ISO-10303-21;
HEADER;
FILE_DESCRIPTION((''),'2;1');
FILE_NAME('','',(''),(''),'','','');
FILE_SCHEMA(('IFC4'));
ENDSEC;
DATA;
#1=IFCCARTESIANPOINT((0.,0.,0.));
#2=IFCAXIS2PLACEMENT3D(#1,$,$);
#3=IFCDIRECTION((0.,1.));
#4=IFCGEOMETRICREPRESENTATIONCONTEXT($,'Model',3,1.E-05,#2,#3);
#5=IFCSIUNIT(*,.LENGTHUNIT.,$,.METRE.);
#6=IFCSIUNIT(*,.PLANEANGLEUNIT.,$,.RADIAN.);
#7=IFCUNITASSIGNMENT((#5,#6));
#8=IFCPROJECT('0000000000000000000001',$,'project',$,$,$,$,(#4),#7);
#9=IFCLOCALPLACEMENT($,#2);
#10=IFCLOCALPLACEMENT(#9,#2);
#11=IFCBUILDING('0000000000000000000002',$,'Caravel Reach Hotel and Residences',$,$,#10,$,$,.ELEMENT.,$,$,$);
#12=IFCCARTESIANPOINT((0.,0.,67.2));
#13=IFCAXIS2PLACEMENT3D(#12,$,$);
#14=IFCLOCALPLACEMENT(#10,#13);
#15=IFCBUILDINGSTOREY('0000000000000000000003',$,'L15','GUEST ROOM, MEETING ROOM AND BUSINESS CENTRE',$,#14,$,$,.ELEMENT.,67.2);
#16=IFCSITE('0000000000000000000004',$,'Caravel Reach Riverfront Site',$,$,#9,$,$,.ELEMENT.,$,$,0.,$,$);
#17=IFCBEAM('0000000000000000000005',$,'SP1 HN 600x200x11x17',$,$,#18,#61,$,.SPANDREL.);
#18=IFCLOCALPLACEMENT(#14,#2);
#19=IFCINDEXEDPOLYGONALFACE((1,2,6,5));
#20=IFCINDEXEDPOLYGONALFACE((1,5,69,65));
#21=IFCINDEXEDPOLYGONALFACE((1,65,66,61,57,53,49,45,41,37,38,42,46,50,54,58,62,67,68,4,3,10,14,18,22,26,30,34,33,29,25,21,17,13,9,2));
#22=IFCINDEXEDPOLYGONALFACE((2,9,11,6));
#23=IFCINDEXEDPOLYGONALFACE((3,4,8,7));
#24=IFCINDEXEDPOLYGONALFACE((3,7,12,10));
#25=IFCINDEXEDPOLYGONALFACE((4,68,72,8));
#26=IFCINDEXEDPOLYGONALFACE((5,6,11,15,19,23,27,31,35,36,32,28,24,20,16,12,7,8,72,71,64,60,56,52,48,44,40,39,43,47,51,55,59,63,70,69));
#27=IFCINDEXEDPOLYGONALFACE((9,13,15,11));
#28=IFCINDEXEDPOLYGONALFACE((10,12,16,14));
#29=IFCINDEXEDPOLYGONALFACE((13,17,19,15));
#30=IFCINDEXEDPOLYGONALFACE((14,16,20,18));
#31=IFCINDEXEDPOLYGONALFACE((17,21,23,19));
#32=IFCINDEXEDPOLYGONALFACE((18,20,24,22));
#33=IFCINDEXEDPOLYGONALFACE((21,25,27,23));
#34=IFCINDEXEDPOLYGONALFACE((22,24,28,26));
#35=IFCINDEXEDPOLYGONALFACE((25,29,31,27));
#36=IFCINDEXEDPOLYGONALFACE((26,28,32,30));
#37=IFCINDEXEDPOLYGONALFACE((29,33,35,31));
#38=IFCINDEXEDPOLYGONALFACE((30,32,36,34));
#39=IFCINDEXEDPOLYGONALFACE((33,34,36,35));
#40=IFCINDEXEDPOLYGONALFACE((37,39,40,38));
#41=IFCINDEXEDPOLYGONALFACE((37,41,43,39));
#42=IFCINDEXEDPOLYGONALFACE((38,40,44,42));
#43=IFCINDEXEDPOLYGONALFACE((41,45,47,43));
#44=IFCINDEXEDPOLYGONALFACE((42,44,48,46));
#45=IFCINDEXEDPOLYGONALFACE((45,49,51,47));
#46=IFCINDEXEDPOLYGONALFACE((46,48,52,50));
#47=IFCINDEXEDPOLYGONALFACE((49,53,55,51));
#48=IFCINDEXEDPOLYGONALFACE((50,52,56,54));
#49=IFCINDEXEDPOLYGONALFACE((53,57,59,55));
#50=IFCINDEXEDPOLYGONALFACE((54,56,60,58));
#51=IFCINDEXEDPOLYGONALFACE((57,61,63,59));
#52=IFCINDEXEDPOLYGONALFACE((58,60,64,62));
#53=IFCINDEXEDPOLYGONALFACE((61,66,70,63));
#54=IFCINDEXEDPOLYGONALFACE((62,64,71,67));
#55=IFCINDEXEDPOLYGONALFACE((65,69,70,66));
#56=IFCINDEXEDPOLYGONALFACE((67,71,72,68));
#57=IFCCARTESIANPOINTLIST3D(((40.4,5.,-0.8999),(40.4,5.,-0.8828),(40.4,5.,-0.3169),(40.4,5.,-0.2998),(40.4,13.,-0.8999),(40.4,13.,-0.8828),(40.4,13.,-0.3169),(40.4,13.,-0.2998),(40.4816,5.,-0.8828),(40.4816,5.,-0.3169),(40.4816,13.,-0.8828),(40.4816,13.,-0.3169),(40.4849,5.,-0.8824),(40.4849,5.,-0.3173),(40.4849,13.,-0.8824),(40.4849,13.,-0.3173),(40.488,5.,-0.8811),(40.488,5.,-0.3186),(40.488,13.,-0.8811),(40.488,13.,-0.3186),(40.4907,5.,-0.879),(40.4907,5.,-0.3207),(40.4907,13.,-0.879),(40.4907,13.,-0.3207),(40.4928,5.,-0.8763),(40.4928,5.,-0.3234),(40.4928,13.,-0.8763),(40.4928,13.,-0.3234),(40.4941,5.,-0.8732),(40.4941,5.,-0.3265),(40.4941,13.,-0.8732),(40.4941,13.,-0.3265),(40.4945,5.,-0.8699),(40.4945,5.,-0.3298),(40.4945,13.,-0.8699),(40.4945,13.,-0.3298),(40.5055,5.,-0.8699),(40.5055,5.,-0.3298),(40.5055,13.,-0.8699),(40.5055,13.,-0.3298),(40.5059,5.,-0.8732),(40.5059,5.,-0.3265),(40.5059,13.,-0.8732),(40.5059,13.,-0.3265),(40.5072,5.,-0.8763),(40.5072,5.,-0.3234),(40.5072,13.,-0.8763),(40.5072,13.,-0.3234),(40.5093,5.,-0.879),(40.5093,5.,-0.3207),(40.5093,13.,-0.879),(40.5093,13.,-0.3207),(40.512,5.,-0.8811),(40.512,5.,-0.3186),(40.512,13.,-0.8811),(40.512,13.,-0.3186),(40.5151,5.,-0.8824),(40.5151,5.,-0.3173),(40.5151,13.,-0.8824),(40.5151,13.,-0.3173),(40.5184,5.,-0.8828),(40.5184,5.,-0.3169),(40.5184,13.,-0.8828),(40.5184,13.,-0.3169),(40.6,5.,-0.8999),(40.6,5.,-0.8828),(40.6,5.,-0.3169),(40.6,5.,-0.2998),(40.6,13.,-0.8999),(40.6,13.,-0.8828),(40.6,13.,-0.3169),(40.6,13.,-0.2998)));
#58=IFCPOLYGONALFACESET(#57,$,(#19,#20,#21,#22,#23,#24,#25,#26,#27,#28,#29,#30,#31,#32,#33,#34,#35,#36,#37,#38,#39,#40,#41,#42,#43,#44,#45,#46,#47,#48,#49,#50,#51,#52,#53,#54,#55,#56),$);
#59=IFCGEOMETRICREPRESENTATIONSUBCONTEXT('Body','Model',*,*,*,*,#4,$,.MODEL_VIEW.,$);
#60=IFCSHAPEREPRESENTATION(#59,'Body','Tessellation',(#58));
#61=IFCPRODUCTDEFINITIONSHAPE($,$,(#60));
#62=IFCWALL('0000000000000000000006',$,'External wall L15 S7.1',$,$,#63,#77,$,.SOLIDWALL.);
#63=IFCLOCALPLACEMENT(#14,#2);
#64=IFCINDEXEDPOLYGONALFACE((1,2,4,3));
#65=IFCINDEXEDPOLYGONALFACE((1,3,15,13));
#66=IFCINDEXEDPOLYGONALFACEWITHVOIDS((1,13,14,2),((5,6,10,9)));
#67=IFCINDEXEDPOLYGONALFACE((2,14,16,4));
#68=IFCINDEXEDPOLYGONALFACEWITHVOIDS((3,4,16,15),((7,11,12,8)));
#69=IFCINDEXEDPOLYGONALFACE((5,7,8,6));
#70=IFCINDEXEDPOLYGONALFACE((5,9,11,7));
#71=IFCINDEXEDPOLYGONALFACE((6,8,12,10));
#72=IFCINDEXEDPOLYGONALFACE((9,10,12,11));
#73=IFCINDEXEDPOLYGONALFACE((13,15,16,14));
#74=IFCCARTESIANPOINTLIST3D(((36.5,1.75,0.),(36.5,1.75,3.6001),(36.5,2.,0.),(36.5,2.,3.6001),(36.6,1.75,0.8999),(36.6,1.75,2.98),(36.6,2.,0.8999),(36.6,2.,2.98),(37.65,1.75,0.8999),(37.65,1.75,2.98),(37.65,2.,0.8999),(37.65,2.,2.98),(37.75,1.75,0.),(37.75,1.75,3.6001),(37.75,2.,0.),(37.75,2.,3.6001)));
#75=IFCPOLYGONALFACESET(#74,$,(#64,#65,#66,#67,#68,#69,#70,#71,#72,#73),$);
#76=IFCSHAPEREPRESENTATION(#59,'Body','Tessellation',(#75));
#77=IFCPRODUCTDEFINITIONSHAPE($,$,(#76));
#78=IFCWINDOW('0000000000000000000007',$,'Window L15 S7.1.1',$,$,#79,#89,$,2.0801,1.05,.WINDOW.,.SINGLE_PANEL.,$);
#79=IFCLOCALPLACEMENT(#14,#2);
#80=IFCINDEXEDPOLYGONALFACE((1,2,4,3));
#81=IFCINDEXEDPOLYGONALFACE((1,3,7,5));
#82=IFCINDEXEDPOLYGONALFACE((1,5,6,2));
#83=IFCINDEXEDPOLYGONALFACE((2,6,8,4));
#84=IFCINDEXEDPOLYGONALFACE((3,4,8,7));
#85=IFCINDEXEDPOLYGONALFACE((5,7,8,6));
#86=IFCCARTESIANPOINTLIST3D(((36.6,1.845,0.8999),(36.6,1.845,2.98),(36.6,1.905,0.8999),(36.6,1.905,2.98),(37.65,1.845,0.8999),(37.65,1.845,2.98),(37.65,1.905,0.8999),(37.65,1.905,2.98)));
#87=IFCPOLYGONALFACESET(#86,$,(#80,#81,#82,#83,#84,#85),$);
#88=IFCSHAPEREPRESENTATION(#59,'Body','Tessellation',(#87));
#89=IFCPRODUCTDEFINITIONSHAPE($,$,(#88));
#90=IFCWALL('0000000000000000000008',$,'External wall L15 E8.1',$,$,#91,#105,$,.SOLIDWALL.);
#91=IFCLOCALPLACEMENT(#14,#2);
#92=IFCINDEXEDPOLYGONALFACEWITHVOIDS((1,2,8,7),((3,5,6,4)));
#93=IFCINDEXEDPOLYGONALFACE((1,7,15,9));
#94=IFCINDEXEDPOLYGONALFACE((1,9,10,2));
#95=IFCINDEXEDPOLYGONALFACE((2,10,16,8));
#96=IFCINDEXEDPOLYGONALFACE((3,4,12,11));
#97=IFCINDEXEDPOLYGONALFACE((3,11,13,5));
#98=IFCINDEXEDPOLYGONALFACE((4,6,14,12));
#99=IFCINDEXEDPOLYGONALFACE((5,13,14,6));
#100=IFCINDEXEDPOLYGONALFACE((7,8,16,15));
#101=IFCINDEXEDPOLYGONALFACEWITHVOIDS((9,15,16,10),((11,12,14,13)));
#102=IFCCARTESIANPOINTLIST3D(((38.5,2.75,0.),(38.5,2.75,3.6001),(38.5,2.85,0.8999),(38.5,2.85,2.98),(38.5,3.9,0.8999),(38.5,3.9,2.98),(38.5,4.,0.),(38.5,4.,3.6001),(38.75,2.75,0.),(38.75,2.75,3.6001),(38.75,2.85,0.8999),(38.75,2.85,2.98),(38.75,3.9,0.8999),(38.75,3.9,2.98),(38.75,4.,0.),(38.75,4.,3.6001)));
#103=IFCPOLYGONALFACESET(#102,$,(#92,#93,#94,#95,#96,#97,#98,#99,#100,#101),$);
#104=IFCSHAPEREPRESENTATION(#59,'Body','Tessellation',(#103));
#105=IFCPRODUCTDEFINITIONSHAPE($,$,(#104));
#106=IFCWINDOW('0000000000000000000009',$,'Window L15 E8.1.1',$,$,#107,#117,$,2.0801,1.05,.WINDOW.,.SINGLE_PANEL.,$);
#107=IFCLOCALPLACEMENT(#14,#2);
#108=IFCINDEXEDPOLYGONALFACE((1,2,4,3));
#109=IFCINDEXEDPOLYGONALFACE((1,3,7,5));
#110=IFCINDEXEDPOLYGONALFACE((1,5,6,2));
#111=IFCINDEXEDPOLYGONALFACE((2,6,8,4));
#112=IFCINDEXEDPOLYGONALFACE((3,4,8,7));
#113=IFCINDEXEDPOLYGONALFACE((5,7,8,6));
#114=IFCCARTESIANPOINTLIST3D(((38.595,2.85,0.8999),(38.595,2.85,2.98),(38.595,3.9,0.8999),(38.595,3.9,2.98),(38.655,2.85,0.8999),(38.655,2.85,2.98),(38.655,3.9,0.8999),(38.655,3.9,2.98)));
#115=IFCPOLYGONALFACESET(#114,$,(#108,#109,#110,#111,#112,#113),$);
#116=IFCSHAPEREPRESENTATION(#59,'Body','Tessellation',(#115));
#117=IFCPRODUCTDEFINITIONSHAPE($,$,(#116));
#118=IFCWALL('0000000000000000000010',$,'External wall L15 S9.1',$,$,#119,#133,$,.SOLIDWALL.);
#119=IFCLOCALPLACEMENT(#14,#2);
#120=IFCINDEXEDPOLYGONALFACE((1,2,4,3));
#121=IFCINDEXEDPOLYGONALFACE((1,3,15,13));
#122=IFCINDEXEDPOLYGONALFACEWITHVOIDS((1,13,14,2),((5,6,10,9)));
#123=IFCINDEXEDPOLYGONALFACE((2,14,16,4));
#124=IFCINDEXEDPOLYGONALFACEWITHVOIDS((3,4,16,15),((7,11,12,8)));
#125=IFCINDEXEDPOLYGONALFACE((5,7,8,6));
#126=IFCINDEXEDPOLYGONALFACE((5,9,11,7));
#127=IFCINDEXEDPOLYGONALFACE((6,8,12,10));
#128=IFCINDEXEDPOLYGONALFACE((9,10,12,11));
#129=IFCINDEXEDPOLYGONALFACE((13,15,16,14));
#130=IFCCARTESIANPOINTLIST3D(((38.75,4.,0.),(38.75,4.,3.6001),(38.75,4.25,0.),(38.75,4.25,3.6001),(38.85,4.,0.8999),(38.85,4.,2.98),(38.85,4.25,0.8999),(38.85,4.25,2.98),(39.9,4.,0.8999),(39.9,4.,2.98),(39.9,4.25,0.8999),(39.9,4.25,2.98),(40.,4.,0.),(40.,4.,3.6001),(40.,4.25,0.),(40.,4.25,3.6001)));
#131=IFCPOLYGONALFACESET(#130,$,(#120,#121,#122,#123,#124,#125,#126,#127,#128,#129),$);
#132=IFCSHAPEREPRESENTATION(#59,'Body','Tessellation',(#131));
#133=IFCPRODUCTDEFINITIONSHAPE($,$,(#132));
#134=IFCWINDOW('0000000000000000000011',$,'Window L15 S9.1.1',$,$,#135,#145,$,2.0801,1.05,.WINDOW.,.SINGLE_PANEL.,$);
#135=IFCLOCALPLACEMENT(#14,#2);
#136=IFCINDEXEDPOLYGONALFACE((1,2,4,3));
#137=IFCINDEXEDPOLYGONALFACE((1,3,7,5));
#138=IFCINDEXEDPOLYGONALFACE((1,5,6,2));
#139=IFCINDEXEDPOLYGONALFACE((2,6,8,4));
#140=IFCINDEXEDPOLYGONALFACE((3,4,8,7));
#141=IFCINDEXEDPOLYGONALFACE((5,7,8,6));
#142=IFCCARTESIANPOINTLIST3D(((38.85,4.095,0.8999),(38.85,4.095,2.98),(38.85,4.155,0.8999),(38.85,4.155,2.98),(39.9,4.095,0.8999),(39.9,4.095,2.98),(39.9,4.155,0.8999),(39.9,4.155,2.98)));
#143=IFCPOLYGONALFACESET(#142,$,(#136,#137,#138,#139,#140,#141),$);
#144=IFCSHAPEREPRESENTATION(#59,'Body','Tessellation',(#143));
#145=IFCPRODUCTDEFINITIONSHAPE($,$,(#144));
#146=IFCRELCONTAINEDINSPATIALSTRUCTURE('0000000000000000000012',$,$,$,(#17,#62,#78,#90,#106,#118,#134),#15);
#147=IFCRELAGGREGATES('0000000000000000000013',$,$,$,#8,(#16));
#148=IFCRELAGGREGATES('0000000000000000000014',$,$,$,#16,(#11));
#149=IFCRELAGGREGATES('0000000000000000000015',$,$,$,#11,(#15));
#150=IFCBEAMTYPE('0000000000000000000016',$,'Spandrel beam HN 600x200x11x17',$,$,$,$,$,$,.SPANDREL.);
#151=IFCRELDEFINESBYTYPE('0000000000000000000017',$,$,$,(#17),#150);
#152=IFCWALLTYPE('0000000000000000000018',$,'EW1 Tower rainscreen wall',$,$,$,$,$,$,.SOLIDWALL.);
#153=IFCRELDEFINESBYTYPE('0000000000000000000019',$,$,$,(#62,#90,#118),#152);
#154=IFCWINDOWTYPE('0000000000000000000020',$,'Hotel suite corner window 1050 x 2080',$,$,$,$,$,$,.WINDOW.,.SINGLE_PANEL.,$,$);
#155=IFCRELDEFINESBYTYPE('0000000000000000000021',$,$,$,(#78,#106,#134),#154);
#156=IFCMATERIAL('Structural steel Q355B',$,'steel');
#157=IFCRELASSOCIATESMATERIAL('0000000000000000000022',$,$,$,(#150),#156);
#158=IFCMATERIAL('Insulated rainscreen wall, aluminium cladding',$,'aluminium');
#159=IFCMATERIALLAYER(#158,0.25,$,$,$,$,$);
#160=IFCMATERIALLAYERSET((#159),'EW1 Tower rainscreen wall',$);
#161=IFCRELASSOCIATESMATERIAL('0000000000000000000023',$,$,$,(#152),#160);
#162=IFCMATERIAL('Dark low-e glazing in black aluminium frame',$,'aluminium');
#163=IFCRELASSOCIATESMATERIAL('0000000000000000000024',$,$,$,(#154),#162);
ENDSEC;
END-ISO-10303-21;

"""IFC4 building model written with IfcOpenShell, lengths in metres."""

from ifc_helpers import new_model, si_unit, direction, frame, frame_2d, origin, origin_2d, place, context, subcontext, project, spatial, rectangle, i_section, extrude, material, layer, layer_set, material_profile, profile_set, type_object, element, fill, save


model = new_model("IFC4")

# Units and contexts
model_context = context("Model", 3, precision=1e-05, world=origin(), true_north=direction((0.0, 1.0)))
body_context = subcontext(model_context, "Body", "Model", "MODEL_VIEW")
ifc_project = project(units=[si_unit("LENGTHUNIT", "METRE"), si_unit("PLANEANGLEUNIT", "RADIAN")], contexts=[model_context])

# Site, building, storey
site_placement = place(None, origin())
site = spatial("IfcSite", under=ifc_project, at=site_placement, Name="Caravel Reach Riverfront Site", CompositionType="ELEMENT", RefElevation=0.0)
building_placement = place(site_placement, origin())
building = spatial("IfcBuilding", under=site, at=building_placement, Name="Caravel Reach Hotel and Residences", CompositionType="ELEMENT")
storey_placement = place(building_placement, frame((0.0, 0.0, 67.2)))
storey = spatial("IfcBuildingStorey", under=building, at=storey_placement, Name="L15", Description="GUEST ROOM, MEETING ROOM AND BUSINESS CENTRE", CompositionType="ELEMENT", Elevation=67.2)

# Beam
ifc_material_1 = material(Name="Structural steel Q355B", Category="steel")
ifc_material_profile_1 = material_profile(ifc_material_1, i_section(OverallWidth=0.2, OverallDepth=0.6001, WebThickness=0.011, FlangeThickness=0.0171, FilletRadius=0.0129, at=origin_2d()), Name="HN 600x200x11x17")
ifc_profile_set_1 = profile_set([ifc_material_profile_1], Name="Structural steel Q355B")
beam_type = type_object("IfcBeamType", Name="Spandrel beam HN 600x200x11x17", PredefinedType="SPANDREL", material=ifc_profile_set_1)
beam_placement = place(storey_placement, frame((40.5, 5.0, -0.5999), z_axis=(0.0, 1.0, 0.0), x_axis=(-1.0, 0.0, 0.0)))
element("IfcBeam", 1, at=beam_placement, inside=storey, type_object=beam_type, Name="SP1 HN 600x200x11x17", PredefinedType="SPANDREL", context=body_context, shape_type="SweptSolid", body=[
    extrude(i_section(OverallWidth=0.2, OverallDepth=0.6001, WebThickness=0.011, FlangeThickness=0.0171, FilletRadius=0.0129, at=origin_2d()), origin(), (0.0, 0.0, 1.0), 8.0),
])

# Walls, openings, windows
ifc_material_2 = material(Name="Insulated rainscreen wall, aluminium cladding", Category="aluminium")
ifc_layer = layer(ifc_material_2, 0.25)
ifc_layer_set = layer_set([ifc_layer], Name="EW1 Tower rainscreen wall")
wall_type = type_object("IfcWallType", Name="EW1 Tower rainscreen wall", PredefinedType="SOLIDWALL", material=ifc_layer_set)
wall_1_placement = place(storey_placement, frame((36.5, 1.875, 0.0), z_axis=(0.0, 0.0, 1.0), x_axis=(1.0, 0.0, 0.0)))
wall_1 = element("IfcWall", 2, at=wall_1_placement, inside=storey, type_object=wall_type, Name="External wall L15 S7.1", PredefinedType="SOLIDWALL", context=body_context, shape_type="SweptSolid", body=[
    extrude(rectangle(XDim=1.25, YDim=0.25, at=frame_2d((0.625, 0.0))), origin(), (0.0, 0.0, 1.0), 3.6001),
])
opening_1_placement = place(wall_1_placement, frame((0.1001, 0.0, 0.8999)))
opening_1 = element("IfcOpeningElement", 3, at=opening_1_placement, cuts=wall_1, PredefinedType="OPENING", context=body_context, shape_type="SweptSolid", body=[
    extrude(rectangle(XDim=1.05, YDim=2.0801, at=frame_2d((0.5249, 1.04))), frame((0.0, 0.135, 0.0), z_axis=(0.0, -1.0, 0.0), x_axis=(1.0, 0.0, 0.0)), (0.0, 0.0, 1.0), 0.27),
])
ifc_material_3 = material(Name="Dark low-e glazing in black aluminium frame", Category="aluminium")
window_type_1 = type_object("IfcWindowType", Name="Hotel suite corner window 1050 x 2080", PartitioningType="SINGLE_PANEL", PredefinedType="WINDOW", material=ifc_material_3)
window_1_placement = place(opening_1_placement, origin())
window_1 = element("IfcWindow", 4, at=window_1_placement, inside=storey, type_object=window_type_1, Name="Window L15 S7.1.1", OverallHeight=2.0801, OverallWidth=1.05, PartitioningType="SINGLE_PANEL", PredefinedType="WINDOW", context=body_context, shape_type="SweptSolid", body=[
    extrude(rectangle(XDim=1.05, YDim=2.0801, at=frame_2d((0.5249, 1.04))), frame((0.0, 0.03, 0.0), z_axis=(0.0, -1.0, 0.0), x_axis=(1.0, 0.0, 0.0)), (0.0, 0.0, 1.0), 0.0601),
])
fill(opening_1, window_1)
wall_2_placement = place(storey_placement, frame((38.625, 2.75, 0.0), z_axis=(0.0, 0.0, 1.0), x_axis=(0.0, 1.0, 0.0)))
wall_2 = element("IfcWall", 5, at=wall_2_placement, inside=storey, type_object=wall_type, Name="External wall L15 E8.1", PredefinedType="SOLIDWALL", context=body_context, shape_type="SweptSolid", body=[
    extrude(rectangle(XDim=1.25, YDim=0.25, at=frame_2d((0.625, 0.0))), origin(), (0.0, 0.0, 1.0), 3.6001),
])
opening_2_placement = place(wall_2_placement, frame((0.1001, 0.0, 0.8999)))
opening_2 = element("IfcOpeningElement", 6, at=opening_2_placement, cuts=wall_2, PredefinedType="OPENING", context=body_context, shape_type="SweptSolid", body=[
    extrude(rectangle(XDim=1.05, YDim=2.0801, at=frame_2d((0.5249, 1.04))), frame((0.0, 0.135, 0.0), z_axis=(0.0, -1.0, 0.0), x_axis=(1.0, 0.0, 0.0)), (0.0, 0.0, 1.0), 0.27),
])
window_2_placement = place(opening_2_placement, origin())
window_2 = element("IfcWindow", 7, at=window_2_placement, inside=storey, type_object=window_type_1, Name="Window L15 E8.1.1", OverallHeight=2.0801, OverallWidth=1.05, PartitioningType="SINGLE_PANEL", PredefinedType="WINDOW", context=body_context, shape_type="SweptSolid", body=[
    extrude(rectangle(XDim=1.05, YDim=2.0801, at=frame_2d((0.5249, 1.04))), frame((0.0, 0.03, 0.0), z_axis=(0.0, -1.0, 0.0), x_axis=(1.0, 0.0, 0.0)), (0.0, 0.0, 1.0), 0.0601),
])
fill(opening_2, window_2)
wall_3_placement = place(storey_placement, frame((38.75, 4.125, 0.0), z_axis=(0.0, 0.0, 1.0), x_axis=(1.0, 0.0, 0.0)))
wall_3 = element("IfcWall", 8, at=wall_3_placement, inside=storey, type_object=wall_type, Name="External wall L15 S9.1", PredefinedType="SOLIDWALL", context=body_context, shape_type="SweptSolid", body=[
    extrude(rectangle(XDim=1.25, YDim=0.25, at=frame_2d((0.625, 0.0))), origin(), (0.0, 0.0, 1.0), 3.6001),
])
opening_3_placement = place(wall_3_placement, frame((0.1001, 0.0, 0.8999)))
opening_3 = element("IfcOpeningElement", 9, at=opening_3_placement, cuts=wall_3, PredefinedType="OPENING", context=body_context, shape_type="SweptSolid", body=[
    extrude(rectangle(XDim=1.05, YDim=2.0801, at=frame_2d((0.5249, 1.04))), frame((0.0, 0.135, 0.0), z_axis=(0.0, -1.0, 0.0), x_axis=(1.0, 0.0, 0.0)), (0.0, 0.0, 1.0), 0.27),
])
window_3_placement = place(opening_3_placement, origin())
window_3 = element("IfcWindow", 10, at=window_3_placement, inside=storey, type_object=window_type_1, Name="Window L15 S9.1.1", OverallHeight=2.0801, OverallWidth=1.05, PartitioningType="SINGLE_PANEL", PredefinedType="WINDOW", context=body_context, shape_type="SweptSolid", body=[
    extrude(rectangle(XDim=1.05, YDim=2.0801, at=frame_2d((0.5249, 1.04))), frame((0.0, 0.03, 0.0), z_axis=(0.0, -1.0, 0.0), x_axis=(1.0, 0.0, 0.0)), (0.0, 0.0, 1.0), 0.0601),
])
fill(opening_3, window_3)

save(model, "model.ifc")
